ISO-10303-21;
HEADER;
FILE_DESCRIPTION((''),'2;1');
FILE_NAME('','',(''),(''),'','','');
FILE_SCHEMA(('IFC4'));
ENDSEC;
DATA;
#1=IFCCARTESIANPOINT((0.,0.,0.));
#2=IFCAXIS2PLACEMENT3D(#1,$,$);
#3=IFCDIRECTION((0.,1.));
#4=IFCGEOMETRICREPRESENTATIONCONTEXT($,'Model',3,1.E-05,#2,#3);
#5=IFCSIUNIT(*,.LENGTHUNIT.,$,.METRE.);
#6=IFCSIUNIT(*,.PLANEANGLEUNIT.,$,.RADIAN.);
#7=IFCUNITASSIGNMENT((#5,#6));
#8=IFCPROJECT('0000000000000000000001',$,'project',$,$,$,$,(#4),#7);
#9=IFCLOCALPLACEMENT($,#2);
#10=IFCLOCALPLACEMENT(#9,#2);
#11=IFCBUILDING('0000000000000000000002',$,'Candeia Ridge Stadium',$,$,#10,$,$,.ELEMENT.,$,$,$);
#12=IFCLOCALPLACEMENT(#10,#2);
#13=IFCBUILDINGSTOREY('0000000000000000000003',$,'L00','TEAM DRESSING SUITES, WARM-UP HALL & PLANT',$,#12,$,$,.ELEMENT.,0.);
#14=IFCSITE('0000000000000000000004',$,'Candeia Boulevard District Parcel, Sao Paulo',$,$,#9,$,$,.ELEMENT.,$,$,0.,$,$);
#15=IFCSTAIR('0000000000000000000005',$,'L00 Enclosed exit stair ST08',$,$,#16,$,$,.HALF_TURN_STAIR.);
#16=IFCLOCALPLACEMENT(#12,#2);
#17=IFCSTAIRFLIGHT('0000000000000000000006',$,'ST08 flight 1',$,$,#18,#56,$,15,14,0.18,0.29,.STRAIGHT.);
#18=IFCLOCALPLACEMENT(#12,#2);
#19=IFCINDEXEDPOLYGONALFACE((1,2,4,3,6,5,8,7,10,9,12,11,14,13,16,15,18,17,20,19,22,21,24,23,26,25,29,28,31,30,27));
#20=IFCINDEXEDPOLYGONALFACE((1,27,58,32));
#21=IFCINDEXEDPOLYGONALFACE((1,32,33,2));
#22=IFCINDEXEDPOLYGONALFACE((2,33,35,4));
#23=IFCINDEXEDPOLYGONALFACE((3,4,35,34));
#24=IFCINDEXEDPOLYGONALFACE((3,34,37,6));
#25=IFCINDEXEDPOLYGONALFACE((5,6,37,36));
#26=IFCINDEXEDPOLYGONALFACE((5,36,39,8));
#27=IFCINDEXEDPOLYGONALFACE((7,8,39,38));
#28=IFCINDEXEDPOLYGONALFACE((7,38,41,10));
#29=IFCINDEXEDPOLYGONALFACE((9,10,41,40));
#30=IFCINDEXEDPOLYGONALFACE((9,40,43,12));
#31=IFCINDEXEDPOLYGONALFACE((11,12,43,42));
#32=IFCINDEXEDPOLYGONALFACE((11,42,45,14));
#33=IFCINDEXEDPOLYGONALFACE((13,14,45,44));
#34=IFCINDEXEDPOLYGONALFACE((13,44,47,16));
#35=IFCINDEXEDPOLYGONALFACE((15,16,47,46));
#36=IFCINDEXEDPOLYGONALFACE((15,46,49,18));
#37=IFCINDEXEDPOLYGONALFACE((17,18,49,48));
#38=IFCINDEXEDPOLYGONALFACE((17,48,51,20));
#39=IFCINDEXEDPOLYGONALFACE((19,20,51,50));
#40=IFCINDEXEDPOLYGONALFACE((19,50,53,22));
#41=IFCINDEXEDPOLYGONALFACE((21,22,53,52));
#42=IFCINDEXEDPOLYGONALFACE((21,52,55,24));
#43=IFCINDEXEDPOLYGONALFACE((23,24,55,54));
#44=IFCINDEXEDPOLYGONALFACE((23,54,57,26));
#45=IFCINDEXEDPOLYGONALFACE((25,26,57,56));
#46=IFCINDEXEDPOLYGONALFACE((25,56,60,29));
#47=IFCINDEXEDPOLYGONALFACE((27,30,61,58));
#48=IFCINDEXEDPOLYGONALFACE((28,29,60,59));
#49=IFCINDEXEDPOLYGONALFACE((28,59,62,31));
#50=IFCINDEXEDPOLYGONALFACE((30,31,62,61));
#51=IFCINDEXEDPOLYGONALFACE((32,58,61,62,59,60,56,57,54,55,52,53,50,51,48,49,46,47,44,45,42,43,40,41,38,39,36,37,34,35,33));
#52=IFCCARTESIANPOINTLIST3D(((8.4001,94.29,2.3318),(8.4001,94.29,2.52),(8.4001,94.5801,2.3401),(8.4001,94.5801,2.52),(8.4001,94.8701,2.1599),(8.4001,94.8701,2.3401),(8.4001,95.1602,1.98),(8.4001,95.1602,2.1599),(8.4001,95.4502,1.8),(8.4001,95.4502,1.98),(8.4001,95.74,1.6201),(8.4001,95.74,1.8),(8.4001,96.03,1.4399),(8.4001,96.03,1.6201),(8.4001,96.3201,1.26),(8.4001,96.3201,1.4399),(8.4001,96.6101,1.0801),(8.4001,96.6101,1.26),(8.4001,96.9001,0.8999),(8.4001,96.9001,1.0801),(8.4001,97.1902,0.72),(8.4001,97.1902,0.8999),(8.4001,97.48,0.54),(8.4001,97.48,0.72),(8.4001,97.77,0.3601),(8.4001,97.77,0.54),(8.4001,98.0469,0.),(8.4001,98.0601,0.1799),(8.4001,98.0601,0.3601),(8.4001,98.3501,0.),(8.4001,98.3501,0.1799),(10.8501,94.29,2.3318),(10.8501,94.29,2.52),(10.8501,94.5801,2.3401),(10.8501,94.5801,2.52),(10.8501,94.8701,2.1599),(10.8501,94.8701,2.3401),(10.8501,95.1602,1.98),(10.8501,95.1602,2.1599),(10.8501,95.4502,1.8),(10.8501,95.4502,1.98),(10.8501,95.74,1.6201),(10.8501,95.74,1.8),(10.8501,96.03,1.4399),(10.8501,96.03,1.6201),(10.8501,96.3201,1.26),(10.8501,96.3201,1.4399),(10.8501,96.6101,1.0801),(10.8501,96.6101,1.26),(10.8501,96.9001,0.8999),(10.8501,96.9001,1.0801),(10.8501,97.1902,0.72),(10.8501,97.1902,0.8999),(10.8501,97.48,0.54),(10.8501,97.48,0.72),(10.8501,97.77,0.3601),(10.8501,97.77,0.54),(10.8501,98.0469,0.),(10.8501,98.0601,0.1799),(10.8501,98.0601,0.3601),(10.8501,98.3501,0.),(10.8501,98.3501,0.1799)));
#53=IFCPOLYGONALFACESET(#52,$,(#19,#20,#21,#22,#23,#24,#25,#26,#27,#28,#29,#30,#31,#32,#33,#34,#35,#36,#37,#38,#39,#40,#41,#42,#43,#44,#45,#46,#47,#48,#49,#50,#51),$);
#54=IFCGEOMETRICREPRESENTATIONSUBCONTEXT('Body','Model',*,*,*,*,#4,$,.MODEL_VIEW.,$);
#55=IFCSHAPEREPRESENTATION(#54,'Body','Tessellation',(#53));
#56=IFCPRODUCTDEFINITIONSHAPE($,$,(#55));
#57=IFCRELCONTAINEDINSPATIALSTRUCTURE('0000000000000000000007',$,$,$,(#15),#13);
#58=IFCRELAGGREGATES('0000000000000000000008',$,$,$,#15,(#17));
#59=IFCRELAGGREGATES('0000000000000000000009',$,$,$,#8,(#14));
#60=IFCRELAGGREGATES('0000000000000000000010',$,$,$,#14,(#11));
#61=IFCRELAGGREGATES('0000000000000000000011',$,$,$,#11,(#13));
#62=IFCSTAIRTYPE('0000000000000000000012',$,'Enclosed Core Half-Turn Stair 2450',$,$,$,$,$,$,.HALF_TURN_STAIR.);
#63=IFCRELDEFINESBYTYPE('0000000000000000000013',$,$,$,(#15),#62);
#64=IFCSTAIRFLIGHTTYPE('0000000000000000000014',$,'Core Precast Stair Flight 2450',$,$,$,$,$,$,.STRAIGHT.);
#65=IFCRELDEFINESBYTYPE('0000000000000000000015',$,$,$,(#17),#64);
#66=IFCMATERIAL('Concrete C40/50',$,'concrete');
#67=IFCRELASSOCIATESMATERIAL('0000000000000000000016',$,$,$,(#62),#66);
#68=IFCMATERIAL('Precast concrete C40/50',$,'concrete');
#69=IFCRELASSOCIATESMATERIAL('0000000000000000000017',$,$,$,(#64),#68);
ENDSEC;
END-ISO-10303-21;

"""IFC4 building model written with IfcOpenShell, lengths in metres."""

from ifc_helpers import new_model, si_unit, direction, frame, origin, place, context, subcontext, project, spatial, polyline, outline, extrude, material, type_object, element, aggregate, save


model = new_model("IFC4")

# Units and contexts
model_context = context("Model", 3, precision=1e-05, world=origin(), true_north=direction((0.0, 1.0)))
body_context = subcontext(model_context, "Body", "Model", "MODEL_VIEW")
ifc_project = project(units=[si_unit("LENGTHUNIT", "METRE"), si_unit("PLANEANGLEUNIT", "RADIAN")], contexts=[model_context])

# Site, building, storey
site_placement = place(None, origin())
site = spatial("IfcSite", under=ifc_project, at=site_placement, Name="Candeia Boulevard District Parcel, Sao Paulo", CompositionType="ELEMENT", RefElevation=0.0)
building_placement = place(site_placement, origin())
building = spatial("IfcBuilding", under=site, at=building_placement, Name="Candeia Ridge Stadium", CompositionType="ELEMENT")
storey_placement = place(building_placement, origin())
storey = spatial("IfcBuildingStorey", under=building, at=storey_placement, Name="L00", Description="TEAM DRESSING SUITES, WARM-UP HALL & PLANT", CompositionType="ELEMENT", Elevation=0.0)

# Shared definitions
ifc_material_1 = material(Name="Concrete C40/50", Category="concrete")

# Stair, stair flight
stair_type = type_object("IfcStairType", Name="Enclosed Core Half-Turn Stair 2450", PredefinedType="HALF_TURN_STAIR", material=ifc_material_1)
stair_placement = place(storey_placement, origin())
stair = element("IfcStair", 1, at=stair_placement, inside=storey, type_object=stair_type, Name="L00 Enclosed exit stair ST08", PredefinedType="HALF_TURN_STAIR")
ifc_material_2 = material(Name="Precast concrete C40/50", Category="concrete")
stair_flight_type = type_object("IfcStairFlightType", Name="Core Precast Stair Flight 2450", PredefinedType="STRAIGHT", material=ifc_material_2)
stair_flight_placement = place(storey_placement, frame((9.625, 98.3501, 0.0), z_axis=(0.0, 0.0, 1.0), x_axis=(0.0, -1.0, 0.0)))
stair_flight = element("IfcStairFlight", 2, at=stair_flight_placement, type_object=stair_flight_type, Name="ST08 flight 1", NumberOfRisers=15, NumberOfTreads=14, PredefinedType="STRAIGHT", RiserHeight=0.18, TreadLength=0.29, context=body_context, shape_type="SweptSolid", body=[
    extrude(outline(polyline([(0.0, 0.0), (0.0, 0.1799), (0.29, 0.1799), (0.29, 0.3601), (0.5801, 0.3601), (0.5801, 0.54), (0.8701, 0.54), (0.8701, 0.72), (1.1599, 0.72), (1.1599, 0.8999), (1.45, 0.8999), (1.45, 1.0801), (1.74, 1.0801), (1.74, 1.26), (2.03, 1.26), (2.03, 1.4399), (2.3201, 1.4399), (2.3201, 1.6201), (2.6101, 1.6201), (2.6101, 1.8), (2.8999, 1.8), (2.8999, 1.98), (3.1899, 1.98), (3.1899, 2.1599), (3.48, 2.1599), (3.48, 2.3401), (3.77, 2.3401), (3.77, 2.52), (4.0601, 2.52), (4.0601, 2.7), (4.0601, 2.3318), (0.3032, 0.0), (0.0, 0.0)])), frame((0.0, 1.2251, 0.0), z_axis=(0.0, -1.0, 0.0), x_axis=(1.0, 0.0, 0.0)), (0.0, 0.0, 1.0), 2.45),
])
aggregate(stair, [stair_flight])

save(model, "model.ifc")
